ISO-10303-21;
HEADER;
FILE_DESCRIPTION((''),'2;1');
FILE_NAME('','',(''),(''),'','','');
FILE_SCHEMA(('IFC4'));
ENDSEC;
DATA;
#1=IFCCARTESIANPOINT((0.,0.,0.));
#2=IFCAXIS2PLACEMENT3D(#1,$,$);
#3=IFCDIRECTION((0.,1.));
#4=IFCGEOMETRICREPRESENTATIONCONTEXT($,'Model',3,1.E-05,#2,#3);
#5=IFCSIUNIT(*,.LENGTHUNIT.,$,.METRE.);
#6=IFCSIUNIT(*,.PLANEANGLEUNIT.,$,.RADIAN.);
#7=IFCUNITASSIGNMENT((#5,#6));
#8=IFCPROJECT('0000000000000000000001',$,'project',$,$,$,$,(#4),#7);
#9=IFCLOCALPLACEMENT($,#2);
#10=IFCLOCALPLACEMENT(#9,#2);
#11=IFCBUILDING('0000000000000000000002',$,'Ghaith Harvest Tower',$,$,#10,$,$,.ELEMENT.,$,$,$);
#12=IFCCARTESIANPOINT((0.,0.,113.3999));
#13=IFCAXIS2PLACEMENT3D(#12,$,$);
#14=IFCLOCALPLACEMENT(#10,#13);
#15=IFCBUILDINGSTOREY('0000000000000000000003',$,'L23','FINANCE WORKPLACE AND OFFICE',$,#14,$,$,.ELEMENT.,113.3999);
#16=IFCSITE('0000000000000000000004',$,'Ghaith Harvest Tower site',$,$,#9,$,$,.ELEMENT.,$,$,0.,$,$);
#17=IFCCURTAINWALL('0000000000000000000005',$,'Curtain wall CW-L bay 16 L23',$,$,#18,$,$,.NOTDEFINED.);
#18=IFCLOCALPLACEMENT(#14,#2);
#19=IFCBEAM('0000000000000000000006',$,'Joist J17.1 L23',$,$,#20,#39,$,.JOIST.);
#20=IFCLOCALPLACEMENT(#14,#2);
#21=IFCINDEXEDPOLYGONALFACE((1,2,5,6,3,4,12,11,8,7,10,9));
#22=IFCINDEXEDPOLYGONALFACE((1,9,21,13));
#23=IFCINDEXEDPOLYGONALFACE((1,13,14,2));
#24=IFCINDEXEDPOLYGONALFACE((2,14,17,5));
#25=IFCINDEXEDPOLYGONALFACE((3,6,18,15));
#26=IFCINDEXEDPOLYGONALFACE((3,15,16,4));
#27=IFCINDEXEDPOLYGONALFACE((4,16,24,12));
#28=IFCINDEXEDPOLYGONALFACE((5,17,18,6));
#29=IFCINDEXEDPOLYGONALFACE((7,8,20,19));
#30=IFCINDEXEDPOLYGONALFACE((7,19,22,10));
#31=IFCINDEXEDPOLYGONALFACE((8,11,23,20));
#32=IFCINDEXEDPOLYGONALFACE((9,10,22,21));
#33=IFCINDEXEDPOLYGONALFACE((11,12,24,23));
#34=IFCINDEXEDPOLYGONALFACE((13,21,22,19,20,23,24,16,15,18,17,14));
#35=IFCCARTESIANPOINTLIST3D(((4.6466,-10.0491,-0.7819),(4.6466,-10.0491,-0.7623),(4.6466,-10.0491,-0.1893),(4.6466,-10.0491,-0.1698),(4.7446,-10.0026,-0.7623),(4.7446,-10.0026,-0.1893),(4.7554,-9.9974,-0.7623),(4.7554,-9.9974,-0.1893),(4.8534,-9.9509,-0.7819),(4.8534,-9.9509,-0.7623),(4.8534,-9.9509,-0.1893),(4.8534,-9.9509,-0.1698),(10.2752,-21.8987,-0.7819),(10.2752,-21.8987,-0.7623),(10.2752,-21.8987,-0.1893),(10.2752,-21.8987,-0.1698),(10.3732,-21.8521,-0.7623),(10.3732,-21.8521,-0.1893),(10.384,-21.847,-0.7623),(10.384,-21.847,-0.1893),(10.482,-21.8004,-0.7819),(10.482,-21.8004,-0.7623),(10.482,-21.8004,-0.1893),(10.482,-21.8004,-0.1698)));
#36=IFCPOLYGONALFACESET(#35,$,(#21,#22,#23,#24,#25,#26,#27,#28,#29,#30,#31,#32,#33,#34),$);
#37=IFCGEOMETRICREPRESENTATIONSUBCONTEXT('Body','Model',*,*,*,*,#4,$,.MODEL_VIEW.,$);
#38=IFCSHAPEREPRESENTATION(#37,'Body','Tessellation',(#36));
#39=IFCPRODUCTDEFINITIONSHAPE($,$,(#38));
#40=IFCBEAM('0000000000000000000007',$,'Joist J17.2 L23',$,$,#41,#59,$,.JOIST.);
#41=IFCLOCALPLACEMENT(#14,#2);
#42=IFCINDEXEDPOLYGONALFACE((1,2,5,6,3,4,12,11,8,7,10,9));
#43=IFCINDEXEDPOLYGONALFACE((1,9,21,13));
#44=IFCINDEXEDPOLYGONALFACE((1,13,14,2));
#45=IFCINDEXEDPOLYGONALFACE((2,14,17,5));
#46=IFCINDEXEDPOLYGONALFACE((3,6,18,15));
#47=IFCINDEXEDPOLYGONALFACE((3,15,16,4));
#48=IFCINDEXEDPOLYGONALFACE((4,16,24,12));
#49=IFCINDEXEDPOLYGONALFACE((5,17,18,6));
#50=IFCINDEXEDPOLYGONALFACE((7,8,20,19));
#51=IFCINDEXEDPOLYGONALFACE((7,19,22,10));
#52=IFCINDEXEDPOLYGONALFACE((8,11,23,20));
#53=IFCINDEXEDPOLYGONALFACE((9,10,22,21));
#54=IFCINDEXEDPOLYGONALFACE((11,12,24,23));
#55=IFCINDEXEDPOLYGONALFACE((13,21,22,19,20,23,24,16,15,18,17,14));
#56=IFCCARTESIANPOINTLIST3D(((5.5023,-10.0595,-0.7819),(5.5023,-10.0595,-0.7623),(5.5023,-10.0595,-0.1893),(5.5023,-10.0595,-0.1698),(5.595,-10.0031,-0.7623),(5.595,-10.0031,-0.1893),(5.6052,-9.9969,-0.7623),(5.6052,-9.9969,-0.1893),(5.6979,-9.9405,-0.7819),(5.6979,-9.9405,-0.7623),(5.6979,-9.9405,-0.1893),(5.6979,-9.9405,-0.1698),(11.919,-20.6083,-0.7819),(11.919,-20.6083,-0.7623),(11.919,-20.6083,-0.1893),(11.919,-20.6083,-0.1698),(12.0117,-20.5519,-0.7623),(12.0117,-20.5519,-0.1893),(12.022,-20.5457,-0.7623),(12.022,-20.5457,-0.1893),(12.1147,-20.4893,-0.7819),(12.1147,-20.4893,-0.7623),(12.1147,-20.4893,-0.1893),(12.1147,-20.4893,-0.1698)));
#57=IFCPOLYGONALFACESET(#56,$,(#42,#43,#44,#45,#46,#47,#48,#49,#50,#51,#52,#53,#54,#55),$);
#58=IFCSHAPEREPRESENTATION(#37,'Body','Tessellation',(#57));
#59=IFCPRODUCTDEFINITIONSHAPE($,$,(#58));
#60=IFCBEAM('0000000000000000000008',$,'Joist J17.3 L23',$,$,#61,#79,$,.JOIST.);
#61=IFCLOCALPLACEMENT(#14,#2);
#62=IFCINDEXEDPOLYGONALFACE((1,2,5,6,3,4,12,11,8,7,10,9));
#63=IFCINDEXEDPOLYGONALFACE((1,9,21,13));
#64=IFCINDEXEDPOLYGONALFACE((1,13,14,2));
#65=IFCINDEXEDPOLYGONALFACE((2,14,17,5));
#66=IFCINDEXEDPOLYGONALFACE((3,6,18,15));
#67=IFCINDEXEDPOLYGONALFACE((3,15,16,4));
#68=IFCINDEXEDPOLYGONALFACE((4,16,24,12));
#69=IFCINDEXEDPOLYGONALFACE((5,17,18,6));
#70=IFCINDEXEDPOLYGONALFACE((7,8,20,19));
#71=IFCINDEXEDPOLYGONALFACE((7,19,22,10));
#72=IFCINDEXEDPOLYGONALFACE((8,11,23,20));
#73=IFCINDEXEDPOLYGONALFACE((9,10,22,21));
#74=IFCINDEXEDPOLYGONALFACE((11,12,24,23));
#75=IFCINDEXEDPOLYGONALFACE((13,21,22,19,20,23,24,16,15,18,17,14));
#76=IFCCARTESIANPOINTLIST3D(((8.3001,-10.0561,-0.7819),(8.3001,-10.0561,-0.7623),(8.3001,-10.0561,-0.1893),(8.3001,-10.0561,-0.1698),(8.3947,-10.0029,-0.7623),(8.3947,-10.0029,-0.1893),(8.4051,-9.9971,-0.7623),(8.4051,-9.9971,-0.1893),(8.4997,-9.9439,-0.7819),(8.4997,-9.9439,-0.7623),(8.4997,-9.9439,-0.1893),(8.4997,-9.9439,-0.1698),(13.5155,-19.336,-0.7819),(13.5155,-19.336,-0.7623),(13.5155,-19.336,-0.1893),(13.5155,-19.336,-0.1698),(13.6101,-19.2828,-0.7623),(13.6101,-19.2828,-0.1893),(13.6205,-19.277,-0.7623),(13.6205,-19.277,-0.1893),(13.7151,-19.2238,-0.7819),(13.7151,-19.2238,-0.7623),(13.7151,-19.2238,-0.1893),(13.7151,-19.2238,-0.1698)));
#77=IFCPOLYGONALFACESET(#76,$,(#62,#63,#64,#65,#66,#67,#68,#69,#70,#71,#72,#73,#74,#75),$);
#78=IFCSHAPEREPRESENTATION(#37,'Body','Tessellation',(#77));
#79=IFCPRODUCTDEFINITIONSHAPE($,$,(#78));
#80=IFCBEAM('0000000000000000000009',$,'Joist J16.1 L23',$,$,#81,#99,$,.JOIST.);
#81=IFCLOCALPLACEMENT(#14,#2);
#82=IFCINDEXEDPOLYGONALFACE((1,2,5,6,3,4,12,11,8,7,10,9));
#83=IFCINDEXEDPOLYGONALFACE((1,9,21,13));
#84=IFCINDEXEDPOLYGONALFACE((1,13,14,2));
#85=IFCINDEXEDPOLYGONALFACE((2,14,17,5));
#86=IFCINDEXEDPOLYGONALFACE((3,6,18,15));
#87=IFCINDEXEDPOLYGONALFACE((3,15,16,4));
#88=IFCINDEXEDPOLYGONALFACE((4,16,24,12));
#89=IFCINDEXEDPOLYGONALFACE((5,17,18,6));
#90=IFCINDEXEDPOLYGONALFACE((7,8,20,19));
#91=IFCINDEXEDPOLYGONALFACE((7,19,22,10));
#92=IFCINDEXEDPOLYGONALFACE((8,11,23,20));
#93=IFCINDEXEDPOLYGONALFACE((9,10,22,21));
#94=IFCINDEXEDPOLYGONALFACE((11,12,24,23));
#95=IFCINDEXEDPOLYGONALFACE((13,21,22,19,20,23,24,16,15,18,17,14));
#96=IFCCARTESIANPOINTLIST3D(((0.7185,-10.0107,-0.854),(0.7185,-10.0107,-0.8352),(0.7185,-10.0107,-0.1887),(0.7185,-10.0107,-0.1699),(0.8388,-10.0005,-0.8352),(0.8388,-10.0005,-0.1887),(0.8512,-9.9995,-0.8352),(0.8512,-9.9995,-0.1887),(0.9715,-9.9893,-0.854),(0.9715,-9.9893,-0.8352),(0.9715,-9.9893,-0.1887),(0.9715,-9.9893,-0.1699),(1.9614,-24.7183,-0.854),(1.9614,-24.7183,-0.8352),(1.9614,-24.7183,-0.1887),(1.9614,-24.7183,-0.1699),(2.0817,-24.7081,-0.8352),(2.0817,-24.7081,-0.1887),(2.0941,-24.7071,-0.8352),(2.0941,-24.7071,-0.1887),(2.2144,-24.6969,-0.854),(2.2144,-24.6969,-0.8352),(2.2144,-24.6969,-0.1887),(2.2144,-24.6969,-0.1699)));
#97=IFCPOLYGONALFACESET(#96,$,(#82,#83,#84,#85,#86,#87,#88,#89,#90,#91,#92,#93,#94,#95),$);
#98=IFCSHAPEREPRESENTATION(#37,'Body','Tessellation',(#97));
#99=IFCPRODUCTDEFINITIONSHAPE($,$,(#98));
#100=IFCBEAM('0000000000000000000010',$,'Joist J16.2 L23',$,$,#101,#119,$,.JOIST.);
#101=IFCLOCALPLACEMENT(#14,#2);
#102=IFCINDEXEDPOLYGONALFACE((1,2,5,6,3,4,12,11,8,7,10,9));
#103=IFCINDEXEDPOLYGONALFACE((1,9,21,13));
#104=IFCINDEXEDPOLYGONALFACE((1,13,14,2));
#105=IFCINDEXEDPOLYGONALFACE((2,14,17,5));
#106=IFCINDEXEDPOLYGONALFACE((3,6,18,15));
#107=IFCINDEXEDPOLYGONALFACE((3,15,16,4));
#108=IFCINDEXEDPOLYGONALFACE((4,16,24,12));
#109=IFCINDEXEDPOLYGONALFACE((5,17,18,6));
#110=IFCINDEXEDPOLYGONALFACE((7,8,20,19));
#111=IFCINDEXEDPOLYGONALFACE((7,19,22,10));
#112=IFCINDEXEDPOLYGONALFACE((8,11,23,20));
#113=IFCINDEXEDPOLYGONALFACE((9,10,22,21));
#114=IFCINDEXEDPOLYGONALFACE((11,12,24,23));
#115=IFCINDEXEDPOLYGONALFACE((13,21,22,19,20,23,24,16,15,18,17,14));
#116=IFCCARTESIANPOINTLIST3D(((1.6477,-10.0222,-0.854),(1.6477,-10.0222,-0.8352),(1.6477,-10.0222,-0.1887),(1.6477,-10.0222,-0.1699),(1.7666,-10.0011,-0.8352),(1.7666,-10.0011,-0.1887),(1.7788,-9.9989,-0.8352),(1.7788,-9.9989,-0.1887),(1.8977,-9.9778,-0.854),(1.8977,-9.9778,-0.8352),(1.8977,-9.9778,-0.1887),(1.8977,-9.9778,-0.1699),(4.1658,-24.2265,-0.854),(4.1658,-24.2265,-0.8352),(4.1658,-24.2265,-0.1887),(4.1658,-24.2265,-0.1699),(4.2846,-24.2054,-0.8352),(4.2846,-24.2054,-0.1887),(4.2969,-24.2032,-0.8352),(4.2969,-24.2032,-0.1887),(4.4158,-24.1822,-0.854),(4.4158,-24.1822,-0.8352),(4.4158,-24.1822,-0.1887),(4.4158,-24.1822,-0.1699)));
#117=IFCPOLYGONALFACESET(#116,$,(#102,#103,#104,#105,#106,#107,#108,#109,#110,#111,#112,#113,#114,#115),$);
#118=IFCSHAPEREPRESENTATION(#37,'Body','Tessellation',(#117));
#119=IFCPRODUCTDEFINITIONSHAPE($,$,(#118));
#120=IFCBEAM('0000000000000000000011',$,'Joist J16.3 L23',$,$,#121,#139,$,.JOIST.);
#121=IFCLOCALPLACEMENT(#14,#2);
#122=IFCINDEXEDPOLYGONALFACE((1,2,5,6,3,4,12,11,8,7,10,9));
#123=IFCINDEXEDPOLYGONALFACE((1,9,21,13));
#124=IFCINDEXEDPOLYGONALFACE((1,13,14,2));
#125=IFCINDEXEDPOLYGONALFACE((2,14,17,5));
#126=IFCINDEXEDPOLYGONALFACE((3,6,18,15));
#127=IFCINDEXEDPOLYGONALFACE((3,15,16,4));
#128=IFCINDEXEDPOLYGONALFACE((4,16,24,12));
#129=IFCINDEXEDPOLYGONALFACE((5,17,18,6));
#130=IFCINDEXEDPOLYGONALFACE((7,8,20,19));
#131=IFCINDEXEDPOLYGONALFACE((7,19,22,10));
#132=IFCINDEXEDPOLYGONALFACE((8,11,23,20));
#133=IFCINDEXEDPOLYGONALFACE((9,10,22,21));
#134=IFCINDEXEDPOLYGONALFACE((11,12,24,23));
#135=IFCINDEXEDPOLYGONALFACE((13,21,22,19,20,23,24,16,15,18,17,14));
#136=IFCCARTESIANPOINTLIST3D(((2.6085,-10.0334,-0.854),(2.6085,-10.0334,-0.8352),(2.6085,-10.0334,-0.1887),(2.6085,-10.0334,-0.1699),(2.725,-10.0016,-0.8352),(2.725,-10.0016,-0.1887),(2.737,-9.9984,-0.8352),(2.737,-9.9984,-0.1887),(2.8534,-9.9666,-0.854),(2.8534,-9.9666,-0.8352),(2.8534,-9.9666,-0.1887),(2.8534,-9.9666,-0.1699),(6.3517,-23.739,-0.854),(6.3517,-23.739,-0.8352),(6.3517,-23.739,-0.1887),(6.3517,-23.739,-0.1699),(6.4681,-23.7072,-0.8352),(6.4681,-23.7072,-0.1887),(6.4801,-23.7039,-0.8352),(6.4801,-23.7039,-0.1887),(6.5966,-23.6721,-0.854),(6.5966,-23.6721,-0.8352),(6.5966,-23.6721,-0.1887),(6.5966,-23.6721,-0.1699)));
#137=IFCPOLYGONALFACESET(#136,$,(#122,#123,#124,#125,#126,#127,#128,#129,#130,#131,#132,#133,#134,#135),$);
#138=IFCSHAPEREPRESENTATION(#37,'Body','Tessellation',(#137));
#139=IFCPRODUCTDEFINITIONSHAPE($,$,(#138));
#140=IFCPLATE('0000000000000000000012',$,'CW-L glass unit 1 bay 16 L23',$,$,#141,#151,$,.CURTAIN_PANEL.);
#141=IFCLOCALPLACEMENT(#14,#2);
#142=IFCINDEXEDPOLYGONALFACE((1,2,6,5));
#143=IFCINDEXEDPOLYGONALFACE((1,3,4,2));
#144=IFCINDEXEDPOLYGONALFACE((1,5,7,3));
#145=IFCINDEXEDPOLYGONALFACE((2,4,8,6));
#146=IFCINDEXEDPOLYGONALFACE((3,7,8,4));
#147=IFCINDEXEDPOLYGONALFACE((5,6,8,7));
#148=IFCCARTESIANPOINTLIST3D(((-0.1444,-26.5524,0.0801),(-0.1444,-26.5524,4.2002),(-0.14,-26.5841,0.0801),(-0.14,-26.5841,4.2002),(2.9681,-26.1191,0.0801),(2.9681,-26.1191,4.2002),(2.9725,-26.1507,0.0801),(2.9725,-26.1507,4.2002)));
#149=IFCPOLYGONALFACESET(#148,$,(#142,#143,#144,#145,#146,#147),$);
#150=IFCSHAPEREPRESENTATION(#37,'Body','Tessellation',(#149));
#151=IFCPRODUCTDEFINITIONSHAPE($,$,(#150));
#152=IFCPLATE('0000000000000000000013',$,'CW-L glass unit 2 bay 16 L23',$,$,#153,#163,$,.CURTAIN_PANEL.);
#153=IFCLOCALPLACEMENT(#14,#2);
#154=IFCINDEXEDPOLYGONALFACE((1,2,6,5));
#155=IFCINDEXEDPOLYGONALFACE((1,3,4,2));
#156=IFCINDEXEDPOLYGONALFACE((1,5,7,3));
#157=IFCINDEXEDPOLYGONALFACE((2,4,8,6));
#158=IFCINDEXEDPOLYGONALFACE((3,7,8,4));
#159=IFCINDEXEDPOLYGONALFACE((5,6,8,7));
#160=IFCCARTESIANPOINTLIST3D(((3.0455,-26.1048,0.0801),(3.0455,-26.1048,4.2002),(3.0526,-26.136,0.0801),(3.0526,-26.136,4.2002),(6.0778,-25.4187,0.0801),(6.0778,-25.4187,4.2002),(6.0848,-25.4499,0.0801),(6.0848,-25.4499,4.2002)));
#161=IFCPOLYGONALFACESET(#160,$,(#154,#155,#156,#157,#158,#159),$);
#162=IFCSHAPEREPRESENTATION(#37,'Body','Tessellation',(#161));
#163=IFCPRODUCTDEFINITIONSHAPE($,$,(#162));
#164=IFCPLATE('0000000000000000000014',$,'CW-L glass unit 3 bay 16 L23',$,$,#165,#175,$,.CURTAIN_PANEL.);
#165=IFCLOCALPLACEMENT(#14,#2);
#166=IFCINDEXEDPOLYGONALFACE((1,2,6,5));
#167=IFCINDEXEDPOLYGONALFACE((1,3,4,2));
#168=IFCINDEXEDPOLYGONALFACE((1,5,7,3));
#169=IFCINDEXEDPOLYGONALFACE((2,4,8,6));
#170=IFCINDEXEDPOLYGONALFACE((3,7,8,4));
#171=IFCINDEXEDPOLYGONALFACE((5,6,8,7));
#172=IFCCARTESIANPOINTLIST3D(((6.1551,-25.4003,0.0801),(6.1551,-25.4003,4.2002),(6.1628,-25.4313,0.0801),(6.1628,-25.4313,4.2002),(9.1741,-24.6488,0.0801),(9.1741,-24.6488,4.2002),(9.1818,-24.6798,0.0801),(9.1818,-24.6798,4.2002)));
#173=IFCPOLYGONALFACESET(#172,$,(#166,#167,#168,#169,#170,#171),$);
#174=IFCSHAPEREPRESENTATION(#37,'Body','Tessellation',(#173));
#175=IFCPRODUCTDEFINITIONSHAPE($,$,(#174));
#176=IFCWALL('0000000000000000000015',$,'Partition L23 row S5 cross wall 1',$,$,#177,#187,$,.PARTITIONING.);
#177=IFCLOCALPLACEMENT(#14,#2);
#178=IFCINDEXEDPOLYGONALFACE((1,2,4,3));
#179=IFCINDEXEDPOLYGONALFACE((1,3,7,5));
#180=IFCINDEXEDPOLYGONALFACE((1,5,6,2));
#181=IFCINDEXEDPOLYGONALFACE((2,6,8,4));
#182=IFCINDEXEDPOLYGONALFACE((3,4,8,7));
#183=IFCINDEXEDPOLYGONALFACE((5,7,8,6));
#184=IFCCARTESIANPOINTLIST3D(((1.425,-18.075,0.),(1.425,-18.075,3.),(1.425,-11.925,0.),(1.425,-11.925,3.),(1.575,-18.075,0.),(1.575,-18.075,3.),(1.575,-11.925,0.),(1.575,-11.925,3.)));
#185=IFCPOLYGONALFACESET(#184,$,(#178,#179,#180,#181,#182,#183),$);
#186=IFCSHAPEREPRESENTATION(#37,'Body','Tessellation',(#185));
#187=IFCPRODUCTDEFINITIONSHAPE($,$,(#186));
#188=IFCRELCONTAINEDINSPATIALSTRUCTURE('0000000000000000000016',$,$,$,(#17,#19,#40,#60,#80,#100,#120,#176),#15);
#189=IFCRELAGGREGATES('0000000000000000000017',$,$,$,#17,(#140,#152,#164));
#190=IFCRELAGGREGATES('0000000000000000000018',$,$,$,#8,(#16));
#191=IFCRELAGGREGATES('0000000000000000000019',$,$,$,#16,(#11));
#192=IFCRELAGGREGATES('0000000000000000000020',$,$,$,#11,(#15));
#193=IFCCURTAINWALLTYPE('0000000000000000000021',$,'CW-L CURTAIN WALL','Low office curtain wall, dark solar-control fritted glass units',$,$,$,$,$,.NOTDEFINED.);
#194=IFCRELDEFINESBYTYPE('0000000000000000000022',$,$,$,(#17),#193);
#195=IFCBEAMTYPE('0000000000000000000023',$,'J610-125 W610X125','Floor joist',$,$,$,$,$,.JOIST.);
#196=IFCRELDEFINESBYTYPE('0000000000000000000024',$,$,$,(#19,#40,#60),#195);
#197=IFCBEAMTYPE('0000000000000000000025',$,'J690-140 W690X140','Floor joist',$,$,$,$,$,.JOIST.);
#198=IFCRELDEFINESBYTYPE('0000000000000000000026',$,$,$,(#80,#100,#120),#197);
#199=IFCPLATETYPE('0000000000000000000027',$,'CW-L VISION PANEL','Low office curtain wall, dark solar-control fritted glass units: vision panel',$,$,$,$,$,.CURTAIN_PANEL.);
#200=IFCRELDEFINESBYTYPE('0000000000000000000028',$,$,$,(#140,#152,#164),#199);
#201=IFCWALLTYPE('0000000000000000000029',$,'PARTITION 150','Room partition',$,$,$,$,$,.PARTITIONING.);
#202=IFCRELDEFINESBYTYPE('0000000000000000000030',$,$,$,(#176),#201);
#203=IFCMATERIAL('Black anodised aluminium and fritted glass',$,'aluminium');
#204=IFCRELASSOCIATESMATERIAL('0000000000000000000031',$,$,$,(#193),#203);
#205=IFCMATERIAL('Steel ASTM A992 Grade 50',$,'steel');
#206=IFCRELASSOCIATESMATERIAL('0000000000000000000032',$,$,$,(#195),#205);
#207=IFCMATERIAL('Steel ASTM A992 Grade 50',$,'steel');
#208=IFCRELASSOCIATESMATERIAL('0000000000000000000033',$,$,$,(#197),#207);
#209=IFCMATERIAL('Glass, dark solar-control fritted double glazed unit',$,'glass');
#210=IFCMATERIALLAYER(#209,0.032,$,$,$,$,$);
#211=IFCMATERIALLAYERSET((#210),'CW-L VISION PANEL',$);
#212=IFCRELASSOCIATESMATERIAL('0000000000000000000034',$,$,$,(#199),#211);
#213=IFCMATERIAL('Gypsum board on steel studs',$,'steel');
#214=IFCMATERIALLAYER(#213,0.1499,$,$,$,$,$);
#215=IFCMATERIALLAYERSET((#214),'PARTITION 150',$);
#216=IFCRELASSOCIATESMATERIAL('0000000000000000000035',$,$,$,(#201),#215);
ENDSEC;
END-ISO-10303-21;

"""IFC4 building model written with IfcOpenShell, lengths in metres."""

from ifc_helpers import new_model, si_unit, direction, frame, frame_2d, origin, origin_2d, place, context, subcontext, project, spatial, rectangle, i_section, extrude, material, layer, layer_set, material_profile, profile_set, type_object, element, aggregate, save


model = new_model("IFC4")

# Units and contexts
model_context = context("Model", 3, precision=1e-05, world=origin(), true_north=direction((0.0, 1.0)))
body_context = subcontext(model_context, "Body", "Model", "MODEL_VIEW")
ifc_project = project(units=[si_unit("LENGTHUNIT", "METRE"), si_unit("PLANEANGLEUNIT", "RADIAN")], contexts=[model_context])

# Site, building, storey
site_placement = place(None, origin())
site = spatial("IfcSite", under=ifc_project, at=site_placement, Name="Ghaith Harvest Tower site", CompositionType="ELEMENT", RefElevation=0.0)
building_placement = place(site_placement, origin())
building = spatial("IfcBuilding", under=site, at=building_placement, Name="Ghaith Harvest Tower", CompositionType="ELEMENT")
storey_placement = place(building_placement, frame((0.0, 0.0, 113.3999)))
storey = spatial("IfcBuildingStorey", under=building, at=storey_placement, Name="L23", Description="FINANCE WORKPLACE AND OFFICE", CompositionType="ELEMENT", Elevation=113.3999)

# Curtain wall
ifc_material_1 = material(Name="Black anodised aluminium and fritted glass", Category="aluminium")
curtain_wall_type = type_object("IfcCurtainWallType", Name="CW-L CURTAIN WALL", Description="Low office curtain wall, dark solar-control fritted glass units", PredefinedType="NOTDEFINED", material=ifc_material_1)
curtain_wall_1_placement = place(storey_placement, origin())
curtain_wall_1 = element("IfcCurtainWall", 1, at=curtain_wall_1_placement, inside=storey, type_object=curtain_wall_type, Name="Curtain wall CW-L bay 16 L23", PredefinedType="NOTDEFINED")

# Beams
ifc_material_2 = material(Name="Steel ASTM A992 Grade 50", Category="steel")
ifc_material_profile_1 = material_profile(ifc_material_2, i_section(OverallWidth=0.229, OverallDepth=0.6121, WebThickness=0.012, FlangeThickness=0.0195, at=origin_2d()), Name="W610X125")
ifc_profile_set_1 = profile_set([ifc_material_profile_1], Name="Steel ASTM A992 Grade 50")
beam_type_1 = type_object("IfcBeamType", Name="J610-125 W610X125", Description="Floor joist", PredefinedType="JOIST", material=ifc_profile_set_1)
beam_1_placement = place(storey_placement, frame((4.75, -10.0, -0.4758), z_axis=(0.429063, -0.903275, 0.0), x_axis=(0.903275, 0.429063, 0.0)))
element("IfcBeam", 2, at=beam_1_placement, inside=storey, type_object=beam_type_1, Name="Joist J17.1 L23", PredefinedType="JOIST", context=body_context, shape_type="SweptSolid", body=[
    extrude(i_section(OverallWidth=0.229, OverallDepth=0.6121, WebThickness=0.012, FlangeThickness=0.0195, at=origin_2d()), origin(), (0.0, 0.0, 1.0), 13.1184),
])
beam_2_placement = place(storey_placement, frame((5.6001, -10.0, -0.4758), z_axis=(0.519694, -0.854352, 0.0), x_axis=(0.854352, 0.519694, 0.0)))
element("IfcBeam", 3, at=beam_2_placement, inside=storey, type_object=beam_type_1, Name="Joist J17.2 L23", PredefinedType="JOIST", context=body_context, shape_type="SweptSolid", body=[
    extrude(i_section(OverallWidth=0.229, OverallDepth=0.6121, WebThickness=0.012, FlangeThickness=0.0195, at=origin_2d()), origin(), (0.0, 0.0, 1.0), 12.3472),
])
beam_3_placement = place(storey_placement, frame((8.3999, -10.0, -0.4758), z_axis=(0.489937, -0.871758, 0.0), x_axis=(0.871758, 0.489937, 0.0)))
element("IfcBeam", 4, at=beam_3_placement, inside=storey, type_object=beam_type_1, Name="Joist J17.3 L23", PredefinedType="JOIST", context=body_context, shape_type="SweptSolid", body=[
    extrude(i_section(OverallWidth=0.229, OverallDepth=0.6121, WebThickness=0.012, FlangeThickness=0.0195, at=origin_2d()), origin(), (0.0, 0.0, 1.0), 10.645),
])
ifc_material_3 = material(Name="Steel ASTM A992 Grade 50", Category="steel")
ifc_material_profile_2 = material_profile(ifc_material_3, i_section(OverallWidth=0.2539, OverallDepth=0.6841, WebThickness=0.0125, FlangeThickness=0.0188, at=origin_2d()), Name="W690X140")
ifc_profile_set_2 = profile_set([ifc_material_profile_2], Name="Steel ASTM A992 Grade 50")
beam_type_2 = type_object("IfcBeamType", Name="J690-140 W690X140", Description="Floor joist", PredefinedType="JOIST", material=ifc_profile_set_2)
beam_4_placement = place(storey_placement, frame((0.845, -10.0, -0.512), z_axis=(0.084209, -0.996448, 0.0), x_axis=(0.996448, 0.084209, 0.0)))
element("IfcBeam", 5, at=beam_4_placement, inside=storey, type_object=beam_type_2, Name="Joist J16.1 L23", PredefinedType="JOIST", context=body_context, shape_type="SweptSolid", body=[
    extrude(i_section(OverallWidth=0.2539, OverallDepth=0.6841, WebThickness=0.0125, FlangeThickness=0.0188, at=origin_2d()), origin(), (0.0, 0.0, 1.0), 14.76),
])
beam_5_placement = place(storey_placement, frame((1.7727, -10.0, -0.512), z_axis=(0.174553, -0.984648, 0.0), x_axis=(0.984648, 0.174553, 0.0)))
element("IfcBeam", 6, at=beam_5_placement, inside=storey, type_object=beam_type_2, Name="Joist J16.2 L23", PredefinedType="JOIST", context=body_context, shape_type="SweptSolid", body=[
    extrude(i_section(OverallWidth=0.2539, OverallDepth=0.6841, WebThickness=0.0125, FlangeThickness=0.0188, at=origin_2d()), origin(), (0.0, 0.0, 1.0), 14.4258),
])
beam_6_placement = place(storey_placement, frame((2.731, -10.0, -0.512), z_axis=(0.263463, -0.964669, 0.0), x_axis=(0.964669, 0.263463, 0.0)))
element("IfcBeam", 7, at=beam_6_placement, inside=storey, type_object=beam_type_2, Name="Joist J16.3 L23", PredefinedType="JOIST", context=body_context, shape_type="SweptSolid", body=[
    extrude(i_section(OverallWidth=0.2539, OverallDepth=0.6841, WebThickness=0.0125, FlangeThickness=0.0188, at=origin_2d()), origin(), (0.0, 0.0, 1.0), 14.2075),
])

# Plates
ifc_material_4 = material(Name="Glass, dark solar-control fritted double glazed unit", Category="glass")
ifc_layer_1 = layer(ifc_material_4, 0.032)
ifc_layer_set_1 = layer_set([ifc_layer_1], Name="CW-L VISION PANEL")
plate_type = type_object("IfcPlateType", Name="CW-L VISION PANEL", Description="Low office curtain wall, dark solar-control fritted glass units: vision panel", PredefinedType="CURTAIN_PANEL", material=ifc_layer_set_1)
plate_1_placement = place(storey_placement, frame((1.4141, -26.3516, 0.0801), z_axis=(0.0, 0.0, 1.0), x_axis=(0.990448, 0.137886, 0.0)))
plate_1 = element("IfcPlate", 8, at=plate_1_placement, type_object=plate_type, Name="CW-L glass unit 1 bay 16 L23", PredefinedType="CURTAIN_PANEL", context=body_context, shape_type="SweptSolid", body=[
    extrude(rectangle(XDim=3.1426, YDim=0.032, at=origin_2d()), origin(), (0.0, 0.0, 1.0), 4.1201),
])
plate_2_placement = place(storey_placement, frame((4.5652, -25.7773, 0.0801), z_axis=(0.0, 0.0, 1.0), x_axis=(0.975342, 0.2207, 0.0)))
plate_2 = element("IfcPlate", 9, at=plate_2_placement, type_object=plate_type, Name="CW-L glass unit 2 bay 16 L23", PredefinedType="CURTAIN_PANEL", context=body_context, shape_type="SweptSolid", body=[
    extrude(rectangle(XDim=3.1089, YDim=0.032, at=origin_2d()), origin(), (0.0, 0.0, 1.0), 4.1201),
])
plate_3_placement = place(storey_placement, frame((7.6685, -25.04, 0.0801), z_axis=(0.0, 0.0, 1.0), x_axis=(0.970384, 0.241566, 0.0)))
plate_3 = element("IfcPlate", 10, at=plate_3_placement, type_object=plate_type, Name="CW-L glass unit 3 bay 16 L23", PredefinedType="CURTAIN_PANEL", context=body_context, shape_type="SweptSolid", body=[
    extrude(rectangle(XDim=3.1111, YDim=0.032, at=origin_2d()), origin(), (0.0, 0.0, 1.0), 4.1201),
])
aggregate(curtain_wall_1, [plate_1, plate_2, plate_3])

# Wall
ifc_material_5 = material(Name="Gypsum board on steel studs", Category="steel")
ifc_layer_2 = layer(ifc_material_5, 0.1499)
ifc_layer_set_2 = layer_set([ifc_layer_2], Name="PARTITION 150")
wall_type = type_object("IfcWallType", Name="PARTITION 150", Description="Room partition", PredefinedType="PARTITIONING", material=ifc_layer_set_2)
for number, where, z_axis, x_axis, name in (
    (11, (1.5, -11.925, 0.0), (0.0, 0.0, 1.0), (0.0, -1.0, 0.0), "Partition L23 row S5 cross wall 1"),
):
    element("IfcWall", number, at=place(storey_placement, frame(where, z_axis=z_axis, x_axis=x_axis)), inside=storey, type_object=wall_type, Name=name, PredefinedType="PARTITIONING", context=body_context, shape_type="SweptSolid", body=[
        extrude(rectangle(XDim=6.1499, YDim=0.1499, at=frame_2d((3.075, 0.0))), origin(), (0.0, 0.0, 1.0), 3.0),
    ])

save(model, "model.ifc")
